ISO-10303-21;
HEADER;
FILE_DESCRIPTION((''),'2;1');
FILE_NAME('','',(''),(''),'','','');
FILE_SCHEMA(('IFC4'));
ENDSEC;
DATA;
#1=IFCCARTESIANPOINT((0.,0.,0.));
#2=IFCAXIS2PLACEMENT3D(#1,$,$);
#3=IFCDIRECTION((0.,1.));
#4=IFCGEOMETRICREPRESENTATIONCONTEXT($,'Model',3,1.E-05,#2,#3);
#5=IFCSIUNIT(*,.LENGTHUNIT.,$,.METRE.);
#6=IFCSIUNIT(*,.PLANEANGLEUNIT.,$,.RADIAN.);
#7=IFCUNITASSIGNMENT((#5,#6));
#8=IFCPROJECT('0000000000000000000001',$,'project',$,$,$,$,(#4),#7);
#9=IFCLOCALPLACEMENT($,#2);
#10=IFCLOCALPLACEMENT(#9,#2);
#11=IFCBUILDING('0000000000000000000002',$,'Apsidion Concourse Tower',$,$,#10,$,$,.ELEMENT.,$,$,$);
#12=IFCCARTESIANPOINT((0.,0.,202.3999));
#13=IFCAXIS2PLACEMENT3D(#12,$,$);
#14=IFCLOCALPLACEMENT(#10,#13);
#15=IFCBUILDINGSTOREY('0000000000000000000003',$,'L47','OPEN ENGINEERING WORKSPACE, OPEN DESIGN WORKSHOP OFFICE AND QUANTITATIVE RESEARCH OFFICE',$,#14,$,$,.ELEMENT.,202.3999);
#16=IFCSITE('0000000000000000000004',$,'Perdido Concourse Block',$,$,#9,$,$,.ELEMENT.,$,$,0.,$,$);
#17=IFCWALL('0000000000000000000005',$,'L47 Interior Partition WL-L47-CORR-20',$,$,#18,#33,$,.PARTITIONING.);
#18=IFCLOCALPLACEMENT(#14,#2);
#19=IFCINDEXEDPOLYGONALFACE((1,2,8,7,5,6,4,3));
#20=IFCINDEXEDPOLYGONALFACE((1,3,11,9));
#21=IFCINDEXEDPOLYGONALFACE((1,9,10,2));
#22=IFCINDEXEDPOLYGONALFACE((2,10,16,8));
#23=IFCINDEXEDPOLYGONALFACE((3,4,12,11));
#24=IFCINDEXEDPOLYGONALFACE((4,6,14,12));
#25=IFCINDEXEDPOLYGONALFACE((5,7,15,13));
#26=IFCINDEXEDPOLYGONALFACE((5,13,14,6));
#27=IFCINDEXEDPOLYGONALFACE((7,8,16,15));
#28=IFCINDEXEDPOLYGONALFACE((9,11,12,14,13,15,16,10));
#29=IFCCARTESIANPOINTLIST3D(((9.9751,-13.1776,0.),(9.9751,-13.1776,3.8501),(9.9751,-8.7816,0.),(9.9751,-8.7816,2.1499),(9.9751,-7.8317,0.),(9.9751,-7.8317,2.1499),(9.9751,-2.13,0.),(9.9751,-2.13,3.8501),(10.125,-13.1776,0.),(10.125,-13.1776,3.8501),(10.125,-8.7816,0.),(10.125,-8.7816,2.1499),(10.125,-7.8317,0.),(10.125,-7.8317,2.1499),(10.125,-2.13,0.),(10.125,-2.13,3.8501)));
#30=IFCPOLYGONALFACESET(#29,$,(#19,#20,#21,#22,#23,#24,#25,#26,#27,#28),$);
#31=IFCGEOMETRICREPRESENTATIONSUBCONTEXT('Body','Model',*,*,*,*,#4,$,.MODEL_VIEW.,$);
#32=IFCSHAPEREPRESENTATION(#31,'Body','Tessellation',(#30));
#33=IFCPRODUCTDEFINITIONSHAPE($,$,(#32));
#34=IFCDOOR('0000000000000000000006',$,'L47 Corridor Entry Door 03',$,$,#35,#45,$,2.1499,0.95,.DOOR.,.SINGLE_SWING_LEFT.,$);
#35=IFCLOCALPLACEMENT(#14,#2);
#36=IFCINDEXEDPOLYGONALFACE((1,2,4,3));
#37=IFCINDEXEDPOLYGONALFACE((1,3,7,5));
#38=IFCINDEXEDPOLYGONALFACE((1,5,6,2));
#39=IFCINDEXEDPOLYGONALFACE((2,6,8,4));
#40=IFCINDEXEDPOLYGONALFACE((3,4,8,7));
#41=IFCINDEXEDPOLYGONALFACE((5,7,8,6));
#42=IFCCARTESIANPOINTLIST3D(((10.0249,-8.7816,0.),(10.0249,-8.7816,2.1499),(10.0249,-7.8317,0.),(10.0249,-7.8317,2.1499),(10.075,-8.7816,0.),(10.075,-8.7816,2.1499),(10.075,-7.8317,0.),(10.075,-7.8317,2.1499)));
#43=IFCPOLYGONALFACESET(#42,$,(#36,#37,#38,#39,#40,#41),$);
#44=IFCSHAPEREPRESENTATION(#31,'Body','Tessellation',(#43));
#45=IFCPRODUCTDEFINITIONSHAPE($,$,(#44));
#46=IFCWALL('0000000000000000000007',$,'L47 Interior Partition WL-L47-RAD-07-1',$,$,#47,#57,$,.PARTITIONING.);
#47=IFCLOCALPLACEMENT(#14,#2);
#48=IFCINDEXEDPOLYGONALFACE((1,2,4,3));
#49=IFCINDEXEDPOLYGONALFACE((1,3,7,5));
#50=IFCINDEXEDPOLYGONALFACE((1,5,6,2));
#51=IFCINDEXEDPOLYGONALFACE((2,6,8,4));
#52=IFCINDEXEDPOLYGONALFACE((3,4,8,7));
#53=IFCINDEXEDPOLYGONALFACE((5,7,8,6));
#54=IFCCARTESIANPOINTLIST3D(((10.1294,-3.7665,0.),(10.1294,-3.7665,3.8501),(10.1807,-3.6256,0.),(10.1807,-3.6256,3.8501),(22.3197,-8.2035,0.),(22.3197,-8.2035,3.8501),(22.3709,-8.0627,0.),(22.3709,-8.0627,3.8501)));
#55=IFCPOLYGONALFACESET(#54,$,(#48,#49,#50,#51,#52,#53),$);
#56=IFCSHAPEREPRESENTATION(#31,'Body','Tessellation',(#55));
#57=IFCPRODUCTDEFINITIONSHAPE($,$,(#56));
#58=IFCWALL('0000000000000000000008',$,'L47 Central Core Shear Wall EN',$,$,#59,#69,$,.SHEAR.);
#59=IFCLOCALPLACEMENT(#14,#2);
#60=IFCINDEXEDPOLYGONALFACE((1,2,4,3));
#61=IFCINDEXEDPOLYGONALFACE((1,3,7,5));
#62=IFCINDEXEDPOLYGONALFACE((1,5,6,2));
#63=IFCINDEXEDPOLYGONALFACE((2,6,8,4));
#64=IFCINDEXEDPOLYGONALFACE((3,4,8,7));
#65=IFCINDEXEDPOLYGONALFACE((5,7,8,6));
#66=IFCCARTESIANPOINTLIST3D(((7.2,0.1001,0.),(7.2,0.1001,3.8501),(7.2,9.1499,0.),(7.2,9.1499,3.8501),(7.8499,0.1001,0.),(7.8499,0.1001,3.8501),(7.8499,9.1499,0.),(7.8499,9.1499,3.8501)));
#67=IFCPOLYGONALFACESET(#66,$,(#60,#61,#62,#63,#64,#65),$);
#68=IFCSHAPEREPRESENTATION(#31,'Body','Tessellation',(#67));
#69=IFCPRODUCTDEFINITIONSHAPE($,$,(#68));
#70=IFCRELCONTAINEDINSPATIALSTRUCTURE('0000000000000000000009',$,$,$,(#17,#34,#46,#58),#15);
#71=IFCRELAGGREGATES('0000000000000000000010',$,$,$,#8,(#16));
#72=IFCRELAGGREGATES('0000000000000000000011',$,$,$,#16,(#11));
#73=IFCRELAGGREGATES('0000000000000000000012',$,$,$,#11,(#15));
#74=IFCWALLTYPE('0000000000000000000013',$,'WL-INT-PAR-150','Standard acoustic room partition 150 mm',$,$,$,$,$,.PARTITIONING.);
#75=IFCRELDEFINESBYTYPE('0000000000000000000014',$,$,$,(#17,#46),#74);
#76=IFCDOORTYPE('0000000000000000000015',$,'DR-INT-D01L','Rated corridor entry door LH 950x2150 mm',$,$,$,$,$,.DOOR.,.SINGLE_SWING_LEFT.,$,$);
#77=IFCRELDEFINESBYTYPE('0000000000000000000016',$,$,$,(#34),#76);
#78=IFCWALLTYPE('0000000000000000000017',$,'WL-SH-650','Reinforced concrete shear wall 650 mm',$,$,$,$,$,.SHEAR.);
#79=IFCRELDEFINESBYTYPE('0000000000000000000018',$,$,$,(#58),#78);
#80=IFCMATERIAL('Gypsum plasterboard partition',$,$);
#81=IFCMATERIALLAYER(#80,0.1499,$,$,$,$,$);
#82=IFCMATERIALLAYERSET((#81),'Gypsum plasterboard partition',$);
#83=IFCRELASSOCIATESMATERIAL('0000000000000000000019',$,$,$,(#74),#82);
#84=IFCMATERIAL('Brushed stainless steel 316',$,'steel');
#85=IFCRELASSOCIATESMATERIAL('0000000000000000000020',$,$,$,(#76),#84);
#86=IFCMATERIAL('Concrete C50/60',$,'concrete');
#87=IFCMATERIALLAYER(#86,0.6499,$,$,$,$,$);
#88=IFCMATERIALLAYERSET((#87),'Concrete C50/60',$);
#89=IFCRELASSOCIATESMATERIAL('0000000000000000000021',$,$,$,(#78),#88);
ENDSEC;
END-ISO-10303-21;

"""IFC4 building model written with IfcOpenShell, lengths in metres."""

from ifc_helpers import new_model, si_unit, direction, frame, frame_2d, origin, place, context, subcontext, project, spatial, rectangle, extrude, material, layer, layer_set, type_object, element, fill, save


model = new_model("IFC4")

# Units and contexts
model_context = context("Model", 3, precision=1e-05, world=origin(), true_north=direction((0.0, 1.0)))
body_context = subcontext(model_context, "Body", "Model", "MODEL_VIEW")
ifc_project = project(units=[si_unit("LENGTHUNIT", "METRE"), si_unit("PLANEANGLEUNIT", "RADIAN")], contexts=[model_context])

# Site, building, storey
site_placement = place(None, origin())
site = spatial("IfcSite", under=ifc_project, at=site_placement, Name="Perdido Concourse Block", CompositionType="ELEMENT", RefElevation=0.0)
building_placement = place(site_placement, origin())
building = spatial("IfcBuilding", under=site, at=building_placement, Name="Apsidion Concourse Tower", CompositionType="ELEMENT")
storey_placement = place(building_placement, frame((0.0, 0.0, 202.3999)))
storey = spatial("IfcBuildingStorey", under=building, at=storey_placement, Name="L47", Description="OPEN ENGINEERING WORKSPACE, OPEN DESIGN WORKSHOP OFFICE AND QUANTITATIVE RESEARCH OFFICE", CompositionType="ELEMENT", Elevation=202.3999)

# Shared definitions
ifc_material_1 = material(Name="Concrete C50/60", Category="concrete")

# Shared definitions
ifc_material_2 = material(Name="Gypsum plasterboard partition")
ifc_layer_1 = layer(ifc_material_2, 0.1499)
ifc_layer_set_1 = layer_set([ifc_layer_1], Name="Gypsum plasterboard partition")
wall_type_1 = type_object("IfcWallType", Name="WL-INT-PAR-150", Description="Standard acoustic room partition 150 mm", PredefinedType="PARTITIONING", material=ifc_layer_set_1)

# Wall, opening, door
ifc_material_3 = material(Name="Brushed stainless steel 316", Category="steel")
wall_1_placement = place(storey_placement, frame((10.05, -2.1299, 0.0), z_axis=(0.0, 0.0, 1.0), x_axis=(0.0, -1.0, 0.0)))
wall_1 = element("IfcWall", 1, at=wall_1_placement, inside=storey, type_object=wall_type_1, Name="L47 Interior Partition WL-L47-CORR-20", PredefinedType="PARTITIONING", context=body_context, shape_type="SweptSolid", body=[
    extrude(rectangle(XDim=11.0476, YDim=0.1499, at=frame_2d((5.5239, 0.0))), origin(), (0.0, 0.0, 1.0), 3.8501),
])
opening_1_placement = place(wall_1_placement, frame((5.7017, 0.0, 0.0)))
opening_1 = element("IfcOpeningElement", 2, at=opening_1_placement, cuts=wall_1, PredefinedType="OPENING", context=body_context, shape_type="SweptSolid", body=[
    extrude(rectangle(XDim=0.95, YDim=2.1499, at=frame_2d((0.4751, 1.075))), frame((0.0, 0.085, 0.0), z_axis=(0.0, -1.0, 0.0), x_axis=(1.0, 0.0, 0.0)), (0.0, 0.0, 1.0), 0.1699),
])
door_type_1 = type_object("IfcDoorType", Name="DR-INT-D01L", Description="Rated corridor entry door LH 950x2150 mm", OperationType="SINGLE_SWING_LEFT", PredefinedType="DOOR", material=ifc_material_3)
door_1_placement = place(opening_1_placement, origin())
door_1 = element("IfcDoor", 3, at=door_1_placement, inside=storey, type_object=door_type_1, Name="L47 Corridor Entry Door 03", OperationType="SINGLE_SWING_LEFT", OverallHeight=2.1499, OverallWidth=0.95, PredefinedType="DOOR", context=body_context, shape_type="SweptSolid", body=[
    extrude(rectangle(XDim=0.95, YDim=2.1499, at=frame_2d((0.4751, 1.075))), frame((0.0, 0.0249, 0.0), z_axis=(0.0, -1.0, 0.0), x_axis=(1.0, 0.0, 0.0)), (0.0, 0.0, 1.0), 0.05),
])
fill(opening_1, door_1)

# Walls
wall_2_placement = place(storey_placement, frame((10.155, -3.696, 0.0), z_axis=(0.0, 0.0, 1.0), x_axis=(0.939689, -0.34203, 0.0)))
element("IfcWall", 4, at=wall_2_placement, inside=storey, type_object=wall_type_1, Name="L47 Interior Partition WL-L47-RAD-07-1", PredefinedType="PARTITIONING", context=body_context, shape_type="SweptSolid", body=[
    extrude(rectangle(XDim=12.9727, YDim=0.1499, at=frame_2d((6.4863, 0.0))), origin(), (0.0, 0.0, 1.0), 3.8501),
])
ifc_layer_2 = layer(ifc_material_1, 0.6499)
ifc_layer_set_2 = layer_set([ifc_layer_2], Name="Concrete C50/60")
wall_type_2 = type_object("IfcWallType", Name="WL-SH-650", Description="Reinforced concrete shear wall 650 mm", PredefinedType="SHEAR", material=ifc_layer_set_2)
wall_3_placement = place(storey_placement, frame((7.5249, 0.1001, 0.0), z_axis=(0.0, 0.0, 1.0), x_axis=(0.0, 1.0, 0.0)))
element("IfcWall", 5, at=wall_3_placement, inside=storey, type_object=wall_type_2, Name="L47 Central Core Shear Wall EN", PredefinedType="SHEAR", context=body_context, shape_type="SweptSolid", body=[
    extrude(rectangle(XDim=9.0498, YDim=0.6499, at=frame_2d((4.5249, 0.0))), origin(), (0.0, 0.0, 1.0), 3.8501),
])

save(model, "model.ifc")
